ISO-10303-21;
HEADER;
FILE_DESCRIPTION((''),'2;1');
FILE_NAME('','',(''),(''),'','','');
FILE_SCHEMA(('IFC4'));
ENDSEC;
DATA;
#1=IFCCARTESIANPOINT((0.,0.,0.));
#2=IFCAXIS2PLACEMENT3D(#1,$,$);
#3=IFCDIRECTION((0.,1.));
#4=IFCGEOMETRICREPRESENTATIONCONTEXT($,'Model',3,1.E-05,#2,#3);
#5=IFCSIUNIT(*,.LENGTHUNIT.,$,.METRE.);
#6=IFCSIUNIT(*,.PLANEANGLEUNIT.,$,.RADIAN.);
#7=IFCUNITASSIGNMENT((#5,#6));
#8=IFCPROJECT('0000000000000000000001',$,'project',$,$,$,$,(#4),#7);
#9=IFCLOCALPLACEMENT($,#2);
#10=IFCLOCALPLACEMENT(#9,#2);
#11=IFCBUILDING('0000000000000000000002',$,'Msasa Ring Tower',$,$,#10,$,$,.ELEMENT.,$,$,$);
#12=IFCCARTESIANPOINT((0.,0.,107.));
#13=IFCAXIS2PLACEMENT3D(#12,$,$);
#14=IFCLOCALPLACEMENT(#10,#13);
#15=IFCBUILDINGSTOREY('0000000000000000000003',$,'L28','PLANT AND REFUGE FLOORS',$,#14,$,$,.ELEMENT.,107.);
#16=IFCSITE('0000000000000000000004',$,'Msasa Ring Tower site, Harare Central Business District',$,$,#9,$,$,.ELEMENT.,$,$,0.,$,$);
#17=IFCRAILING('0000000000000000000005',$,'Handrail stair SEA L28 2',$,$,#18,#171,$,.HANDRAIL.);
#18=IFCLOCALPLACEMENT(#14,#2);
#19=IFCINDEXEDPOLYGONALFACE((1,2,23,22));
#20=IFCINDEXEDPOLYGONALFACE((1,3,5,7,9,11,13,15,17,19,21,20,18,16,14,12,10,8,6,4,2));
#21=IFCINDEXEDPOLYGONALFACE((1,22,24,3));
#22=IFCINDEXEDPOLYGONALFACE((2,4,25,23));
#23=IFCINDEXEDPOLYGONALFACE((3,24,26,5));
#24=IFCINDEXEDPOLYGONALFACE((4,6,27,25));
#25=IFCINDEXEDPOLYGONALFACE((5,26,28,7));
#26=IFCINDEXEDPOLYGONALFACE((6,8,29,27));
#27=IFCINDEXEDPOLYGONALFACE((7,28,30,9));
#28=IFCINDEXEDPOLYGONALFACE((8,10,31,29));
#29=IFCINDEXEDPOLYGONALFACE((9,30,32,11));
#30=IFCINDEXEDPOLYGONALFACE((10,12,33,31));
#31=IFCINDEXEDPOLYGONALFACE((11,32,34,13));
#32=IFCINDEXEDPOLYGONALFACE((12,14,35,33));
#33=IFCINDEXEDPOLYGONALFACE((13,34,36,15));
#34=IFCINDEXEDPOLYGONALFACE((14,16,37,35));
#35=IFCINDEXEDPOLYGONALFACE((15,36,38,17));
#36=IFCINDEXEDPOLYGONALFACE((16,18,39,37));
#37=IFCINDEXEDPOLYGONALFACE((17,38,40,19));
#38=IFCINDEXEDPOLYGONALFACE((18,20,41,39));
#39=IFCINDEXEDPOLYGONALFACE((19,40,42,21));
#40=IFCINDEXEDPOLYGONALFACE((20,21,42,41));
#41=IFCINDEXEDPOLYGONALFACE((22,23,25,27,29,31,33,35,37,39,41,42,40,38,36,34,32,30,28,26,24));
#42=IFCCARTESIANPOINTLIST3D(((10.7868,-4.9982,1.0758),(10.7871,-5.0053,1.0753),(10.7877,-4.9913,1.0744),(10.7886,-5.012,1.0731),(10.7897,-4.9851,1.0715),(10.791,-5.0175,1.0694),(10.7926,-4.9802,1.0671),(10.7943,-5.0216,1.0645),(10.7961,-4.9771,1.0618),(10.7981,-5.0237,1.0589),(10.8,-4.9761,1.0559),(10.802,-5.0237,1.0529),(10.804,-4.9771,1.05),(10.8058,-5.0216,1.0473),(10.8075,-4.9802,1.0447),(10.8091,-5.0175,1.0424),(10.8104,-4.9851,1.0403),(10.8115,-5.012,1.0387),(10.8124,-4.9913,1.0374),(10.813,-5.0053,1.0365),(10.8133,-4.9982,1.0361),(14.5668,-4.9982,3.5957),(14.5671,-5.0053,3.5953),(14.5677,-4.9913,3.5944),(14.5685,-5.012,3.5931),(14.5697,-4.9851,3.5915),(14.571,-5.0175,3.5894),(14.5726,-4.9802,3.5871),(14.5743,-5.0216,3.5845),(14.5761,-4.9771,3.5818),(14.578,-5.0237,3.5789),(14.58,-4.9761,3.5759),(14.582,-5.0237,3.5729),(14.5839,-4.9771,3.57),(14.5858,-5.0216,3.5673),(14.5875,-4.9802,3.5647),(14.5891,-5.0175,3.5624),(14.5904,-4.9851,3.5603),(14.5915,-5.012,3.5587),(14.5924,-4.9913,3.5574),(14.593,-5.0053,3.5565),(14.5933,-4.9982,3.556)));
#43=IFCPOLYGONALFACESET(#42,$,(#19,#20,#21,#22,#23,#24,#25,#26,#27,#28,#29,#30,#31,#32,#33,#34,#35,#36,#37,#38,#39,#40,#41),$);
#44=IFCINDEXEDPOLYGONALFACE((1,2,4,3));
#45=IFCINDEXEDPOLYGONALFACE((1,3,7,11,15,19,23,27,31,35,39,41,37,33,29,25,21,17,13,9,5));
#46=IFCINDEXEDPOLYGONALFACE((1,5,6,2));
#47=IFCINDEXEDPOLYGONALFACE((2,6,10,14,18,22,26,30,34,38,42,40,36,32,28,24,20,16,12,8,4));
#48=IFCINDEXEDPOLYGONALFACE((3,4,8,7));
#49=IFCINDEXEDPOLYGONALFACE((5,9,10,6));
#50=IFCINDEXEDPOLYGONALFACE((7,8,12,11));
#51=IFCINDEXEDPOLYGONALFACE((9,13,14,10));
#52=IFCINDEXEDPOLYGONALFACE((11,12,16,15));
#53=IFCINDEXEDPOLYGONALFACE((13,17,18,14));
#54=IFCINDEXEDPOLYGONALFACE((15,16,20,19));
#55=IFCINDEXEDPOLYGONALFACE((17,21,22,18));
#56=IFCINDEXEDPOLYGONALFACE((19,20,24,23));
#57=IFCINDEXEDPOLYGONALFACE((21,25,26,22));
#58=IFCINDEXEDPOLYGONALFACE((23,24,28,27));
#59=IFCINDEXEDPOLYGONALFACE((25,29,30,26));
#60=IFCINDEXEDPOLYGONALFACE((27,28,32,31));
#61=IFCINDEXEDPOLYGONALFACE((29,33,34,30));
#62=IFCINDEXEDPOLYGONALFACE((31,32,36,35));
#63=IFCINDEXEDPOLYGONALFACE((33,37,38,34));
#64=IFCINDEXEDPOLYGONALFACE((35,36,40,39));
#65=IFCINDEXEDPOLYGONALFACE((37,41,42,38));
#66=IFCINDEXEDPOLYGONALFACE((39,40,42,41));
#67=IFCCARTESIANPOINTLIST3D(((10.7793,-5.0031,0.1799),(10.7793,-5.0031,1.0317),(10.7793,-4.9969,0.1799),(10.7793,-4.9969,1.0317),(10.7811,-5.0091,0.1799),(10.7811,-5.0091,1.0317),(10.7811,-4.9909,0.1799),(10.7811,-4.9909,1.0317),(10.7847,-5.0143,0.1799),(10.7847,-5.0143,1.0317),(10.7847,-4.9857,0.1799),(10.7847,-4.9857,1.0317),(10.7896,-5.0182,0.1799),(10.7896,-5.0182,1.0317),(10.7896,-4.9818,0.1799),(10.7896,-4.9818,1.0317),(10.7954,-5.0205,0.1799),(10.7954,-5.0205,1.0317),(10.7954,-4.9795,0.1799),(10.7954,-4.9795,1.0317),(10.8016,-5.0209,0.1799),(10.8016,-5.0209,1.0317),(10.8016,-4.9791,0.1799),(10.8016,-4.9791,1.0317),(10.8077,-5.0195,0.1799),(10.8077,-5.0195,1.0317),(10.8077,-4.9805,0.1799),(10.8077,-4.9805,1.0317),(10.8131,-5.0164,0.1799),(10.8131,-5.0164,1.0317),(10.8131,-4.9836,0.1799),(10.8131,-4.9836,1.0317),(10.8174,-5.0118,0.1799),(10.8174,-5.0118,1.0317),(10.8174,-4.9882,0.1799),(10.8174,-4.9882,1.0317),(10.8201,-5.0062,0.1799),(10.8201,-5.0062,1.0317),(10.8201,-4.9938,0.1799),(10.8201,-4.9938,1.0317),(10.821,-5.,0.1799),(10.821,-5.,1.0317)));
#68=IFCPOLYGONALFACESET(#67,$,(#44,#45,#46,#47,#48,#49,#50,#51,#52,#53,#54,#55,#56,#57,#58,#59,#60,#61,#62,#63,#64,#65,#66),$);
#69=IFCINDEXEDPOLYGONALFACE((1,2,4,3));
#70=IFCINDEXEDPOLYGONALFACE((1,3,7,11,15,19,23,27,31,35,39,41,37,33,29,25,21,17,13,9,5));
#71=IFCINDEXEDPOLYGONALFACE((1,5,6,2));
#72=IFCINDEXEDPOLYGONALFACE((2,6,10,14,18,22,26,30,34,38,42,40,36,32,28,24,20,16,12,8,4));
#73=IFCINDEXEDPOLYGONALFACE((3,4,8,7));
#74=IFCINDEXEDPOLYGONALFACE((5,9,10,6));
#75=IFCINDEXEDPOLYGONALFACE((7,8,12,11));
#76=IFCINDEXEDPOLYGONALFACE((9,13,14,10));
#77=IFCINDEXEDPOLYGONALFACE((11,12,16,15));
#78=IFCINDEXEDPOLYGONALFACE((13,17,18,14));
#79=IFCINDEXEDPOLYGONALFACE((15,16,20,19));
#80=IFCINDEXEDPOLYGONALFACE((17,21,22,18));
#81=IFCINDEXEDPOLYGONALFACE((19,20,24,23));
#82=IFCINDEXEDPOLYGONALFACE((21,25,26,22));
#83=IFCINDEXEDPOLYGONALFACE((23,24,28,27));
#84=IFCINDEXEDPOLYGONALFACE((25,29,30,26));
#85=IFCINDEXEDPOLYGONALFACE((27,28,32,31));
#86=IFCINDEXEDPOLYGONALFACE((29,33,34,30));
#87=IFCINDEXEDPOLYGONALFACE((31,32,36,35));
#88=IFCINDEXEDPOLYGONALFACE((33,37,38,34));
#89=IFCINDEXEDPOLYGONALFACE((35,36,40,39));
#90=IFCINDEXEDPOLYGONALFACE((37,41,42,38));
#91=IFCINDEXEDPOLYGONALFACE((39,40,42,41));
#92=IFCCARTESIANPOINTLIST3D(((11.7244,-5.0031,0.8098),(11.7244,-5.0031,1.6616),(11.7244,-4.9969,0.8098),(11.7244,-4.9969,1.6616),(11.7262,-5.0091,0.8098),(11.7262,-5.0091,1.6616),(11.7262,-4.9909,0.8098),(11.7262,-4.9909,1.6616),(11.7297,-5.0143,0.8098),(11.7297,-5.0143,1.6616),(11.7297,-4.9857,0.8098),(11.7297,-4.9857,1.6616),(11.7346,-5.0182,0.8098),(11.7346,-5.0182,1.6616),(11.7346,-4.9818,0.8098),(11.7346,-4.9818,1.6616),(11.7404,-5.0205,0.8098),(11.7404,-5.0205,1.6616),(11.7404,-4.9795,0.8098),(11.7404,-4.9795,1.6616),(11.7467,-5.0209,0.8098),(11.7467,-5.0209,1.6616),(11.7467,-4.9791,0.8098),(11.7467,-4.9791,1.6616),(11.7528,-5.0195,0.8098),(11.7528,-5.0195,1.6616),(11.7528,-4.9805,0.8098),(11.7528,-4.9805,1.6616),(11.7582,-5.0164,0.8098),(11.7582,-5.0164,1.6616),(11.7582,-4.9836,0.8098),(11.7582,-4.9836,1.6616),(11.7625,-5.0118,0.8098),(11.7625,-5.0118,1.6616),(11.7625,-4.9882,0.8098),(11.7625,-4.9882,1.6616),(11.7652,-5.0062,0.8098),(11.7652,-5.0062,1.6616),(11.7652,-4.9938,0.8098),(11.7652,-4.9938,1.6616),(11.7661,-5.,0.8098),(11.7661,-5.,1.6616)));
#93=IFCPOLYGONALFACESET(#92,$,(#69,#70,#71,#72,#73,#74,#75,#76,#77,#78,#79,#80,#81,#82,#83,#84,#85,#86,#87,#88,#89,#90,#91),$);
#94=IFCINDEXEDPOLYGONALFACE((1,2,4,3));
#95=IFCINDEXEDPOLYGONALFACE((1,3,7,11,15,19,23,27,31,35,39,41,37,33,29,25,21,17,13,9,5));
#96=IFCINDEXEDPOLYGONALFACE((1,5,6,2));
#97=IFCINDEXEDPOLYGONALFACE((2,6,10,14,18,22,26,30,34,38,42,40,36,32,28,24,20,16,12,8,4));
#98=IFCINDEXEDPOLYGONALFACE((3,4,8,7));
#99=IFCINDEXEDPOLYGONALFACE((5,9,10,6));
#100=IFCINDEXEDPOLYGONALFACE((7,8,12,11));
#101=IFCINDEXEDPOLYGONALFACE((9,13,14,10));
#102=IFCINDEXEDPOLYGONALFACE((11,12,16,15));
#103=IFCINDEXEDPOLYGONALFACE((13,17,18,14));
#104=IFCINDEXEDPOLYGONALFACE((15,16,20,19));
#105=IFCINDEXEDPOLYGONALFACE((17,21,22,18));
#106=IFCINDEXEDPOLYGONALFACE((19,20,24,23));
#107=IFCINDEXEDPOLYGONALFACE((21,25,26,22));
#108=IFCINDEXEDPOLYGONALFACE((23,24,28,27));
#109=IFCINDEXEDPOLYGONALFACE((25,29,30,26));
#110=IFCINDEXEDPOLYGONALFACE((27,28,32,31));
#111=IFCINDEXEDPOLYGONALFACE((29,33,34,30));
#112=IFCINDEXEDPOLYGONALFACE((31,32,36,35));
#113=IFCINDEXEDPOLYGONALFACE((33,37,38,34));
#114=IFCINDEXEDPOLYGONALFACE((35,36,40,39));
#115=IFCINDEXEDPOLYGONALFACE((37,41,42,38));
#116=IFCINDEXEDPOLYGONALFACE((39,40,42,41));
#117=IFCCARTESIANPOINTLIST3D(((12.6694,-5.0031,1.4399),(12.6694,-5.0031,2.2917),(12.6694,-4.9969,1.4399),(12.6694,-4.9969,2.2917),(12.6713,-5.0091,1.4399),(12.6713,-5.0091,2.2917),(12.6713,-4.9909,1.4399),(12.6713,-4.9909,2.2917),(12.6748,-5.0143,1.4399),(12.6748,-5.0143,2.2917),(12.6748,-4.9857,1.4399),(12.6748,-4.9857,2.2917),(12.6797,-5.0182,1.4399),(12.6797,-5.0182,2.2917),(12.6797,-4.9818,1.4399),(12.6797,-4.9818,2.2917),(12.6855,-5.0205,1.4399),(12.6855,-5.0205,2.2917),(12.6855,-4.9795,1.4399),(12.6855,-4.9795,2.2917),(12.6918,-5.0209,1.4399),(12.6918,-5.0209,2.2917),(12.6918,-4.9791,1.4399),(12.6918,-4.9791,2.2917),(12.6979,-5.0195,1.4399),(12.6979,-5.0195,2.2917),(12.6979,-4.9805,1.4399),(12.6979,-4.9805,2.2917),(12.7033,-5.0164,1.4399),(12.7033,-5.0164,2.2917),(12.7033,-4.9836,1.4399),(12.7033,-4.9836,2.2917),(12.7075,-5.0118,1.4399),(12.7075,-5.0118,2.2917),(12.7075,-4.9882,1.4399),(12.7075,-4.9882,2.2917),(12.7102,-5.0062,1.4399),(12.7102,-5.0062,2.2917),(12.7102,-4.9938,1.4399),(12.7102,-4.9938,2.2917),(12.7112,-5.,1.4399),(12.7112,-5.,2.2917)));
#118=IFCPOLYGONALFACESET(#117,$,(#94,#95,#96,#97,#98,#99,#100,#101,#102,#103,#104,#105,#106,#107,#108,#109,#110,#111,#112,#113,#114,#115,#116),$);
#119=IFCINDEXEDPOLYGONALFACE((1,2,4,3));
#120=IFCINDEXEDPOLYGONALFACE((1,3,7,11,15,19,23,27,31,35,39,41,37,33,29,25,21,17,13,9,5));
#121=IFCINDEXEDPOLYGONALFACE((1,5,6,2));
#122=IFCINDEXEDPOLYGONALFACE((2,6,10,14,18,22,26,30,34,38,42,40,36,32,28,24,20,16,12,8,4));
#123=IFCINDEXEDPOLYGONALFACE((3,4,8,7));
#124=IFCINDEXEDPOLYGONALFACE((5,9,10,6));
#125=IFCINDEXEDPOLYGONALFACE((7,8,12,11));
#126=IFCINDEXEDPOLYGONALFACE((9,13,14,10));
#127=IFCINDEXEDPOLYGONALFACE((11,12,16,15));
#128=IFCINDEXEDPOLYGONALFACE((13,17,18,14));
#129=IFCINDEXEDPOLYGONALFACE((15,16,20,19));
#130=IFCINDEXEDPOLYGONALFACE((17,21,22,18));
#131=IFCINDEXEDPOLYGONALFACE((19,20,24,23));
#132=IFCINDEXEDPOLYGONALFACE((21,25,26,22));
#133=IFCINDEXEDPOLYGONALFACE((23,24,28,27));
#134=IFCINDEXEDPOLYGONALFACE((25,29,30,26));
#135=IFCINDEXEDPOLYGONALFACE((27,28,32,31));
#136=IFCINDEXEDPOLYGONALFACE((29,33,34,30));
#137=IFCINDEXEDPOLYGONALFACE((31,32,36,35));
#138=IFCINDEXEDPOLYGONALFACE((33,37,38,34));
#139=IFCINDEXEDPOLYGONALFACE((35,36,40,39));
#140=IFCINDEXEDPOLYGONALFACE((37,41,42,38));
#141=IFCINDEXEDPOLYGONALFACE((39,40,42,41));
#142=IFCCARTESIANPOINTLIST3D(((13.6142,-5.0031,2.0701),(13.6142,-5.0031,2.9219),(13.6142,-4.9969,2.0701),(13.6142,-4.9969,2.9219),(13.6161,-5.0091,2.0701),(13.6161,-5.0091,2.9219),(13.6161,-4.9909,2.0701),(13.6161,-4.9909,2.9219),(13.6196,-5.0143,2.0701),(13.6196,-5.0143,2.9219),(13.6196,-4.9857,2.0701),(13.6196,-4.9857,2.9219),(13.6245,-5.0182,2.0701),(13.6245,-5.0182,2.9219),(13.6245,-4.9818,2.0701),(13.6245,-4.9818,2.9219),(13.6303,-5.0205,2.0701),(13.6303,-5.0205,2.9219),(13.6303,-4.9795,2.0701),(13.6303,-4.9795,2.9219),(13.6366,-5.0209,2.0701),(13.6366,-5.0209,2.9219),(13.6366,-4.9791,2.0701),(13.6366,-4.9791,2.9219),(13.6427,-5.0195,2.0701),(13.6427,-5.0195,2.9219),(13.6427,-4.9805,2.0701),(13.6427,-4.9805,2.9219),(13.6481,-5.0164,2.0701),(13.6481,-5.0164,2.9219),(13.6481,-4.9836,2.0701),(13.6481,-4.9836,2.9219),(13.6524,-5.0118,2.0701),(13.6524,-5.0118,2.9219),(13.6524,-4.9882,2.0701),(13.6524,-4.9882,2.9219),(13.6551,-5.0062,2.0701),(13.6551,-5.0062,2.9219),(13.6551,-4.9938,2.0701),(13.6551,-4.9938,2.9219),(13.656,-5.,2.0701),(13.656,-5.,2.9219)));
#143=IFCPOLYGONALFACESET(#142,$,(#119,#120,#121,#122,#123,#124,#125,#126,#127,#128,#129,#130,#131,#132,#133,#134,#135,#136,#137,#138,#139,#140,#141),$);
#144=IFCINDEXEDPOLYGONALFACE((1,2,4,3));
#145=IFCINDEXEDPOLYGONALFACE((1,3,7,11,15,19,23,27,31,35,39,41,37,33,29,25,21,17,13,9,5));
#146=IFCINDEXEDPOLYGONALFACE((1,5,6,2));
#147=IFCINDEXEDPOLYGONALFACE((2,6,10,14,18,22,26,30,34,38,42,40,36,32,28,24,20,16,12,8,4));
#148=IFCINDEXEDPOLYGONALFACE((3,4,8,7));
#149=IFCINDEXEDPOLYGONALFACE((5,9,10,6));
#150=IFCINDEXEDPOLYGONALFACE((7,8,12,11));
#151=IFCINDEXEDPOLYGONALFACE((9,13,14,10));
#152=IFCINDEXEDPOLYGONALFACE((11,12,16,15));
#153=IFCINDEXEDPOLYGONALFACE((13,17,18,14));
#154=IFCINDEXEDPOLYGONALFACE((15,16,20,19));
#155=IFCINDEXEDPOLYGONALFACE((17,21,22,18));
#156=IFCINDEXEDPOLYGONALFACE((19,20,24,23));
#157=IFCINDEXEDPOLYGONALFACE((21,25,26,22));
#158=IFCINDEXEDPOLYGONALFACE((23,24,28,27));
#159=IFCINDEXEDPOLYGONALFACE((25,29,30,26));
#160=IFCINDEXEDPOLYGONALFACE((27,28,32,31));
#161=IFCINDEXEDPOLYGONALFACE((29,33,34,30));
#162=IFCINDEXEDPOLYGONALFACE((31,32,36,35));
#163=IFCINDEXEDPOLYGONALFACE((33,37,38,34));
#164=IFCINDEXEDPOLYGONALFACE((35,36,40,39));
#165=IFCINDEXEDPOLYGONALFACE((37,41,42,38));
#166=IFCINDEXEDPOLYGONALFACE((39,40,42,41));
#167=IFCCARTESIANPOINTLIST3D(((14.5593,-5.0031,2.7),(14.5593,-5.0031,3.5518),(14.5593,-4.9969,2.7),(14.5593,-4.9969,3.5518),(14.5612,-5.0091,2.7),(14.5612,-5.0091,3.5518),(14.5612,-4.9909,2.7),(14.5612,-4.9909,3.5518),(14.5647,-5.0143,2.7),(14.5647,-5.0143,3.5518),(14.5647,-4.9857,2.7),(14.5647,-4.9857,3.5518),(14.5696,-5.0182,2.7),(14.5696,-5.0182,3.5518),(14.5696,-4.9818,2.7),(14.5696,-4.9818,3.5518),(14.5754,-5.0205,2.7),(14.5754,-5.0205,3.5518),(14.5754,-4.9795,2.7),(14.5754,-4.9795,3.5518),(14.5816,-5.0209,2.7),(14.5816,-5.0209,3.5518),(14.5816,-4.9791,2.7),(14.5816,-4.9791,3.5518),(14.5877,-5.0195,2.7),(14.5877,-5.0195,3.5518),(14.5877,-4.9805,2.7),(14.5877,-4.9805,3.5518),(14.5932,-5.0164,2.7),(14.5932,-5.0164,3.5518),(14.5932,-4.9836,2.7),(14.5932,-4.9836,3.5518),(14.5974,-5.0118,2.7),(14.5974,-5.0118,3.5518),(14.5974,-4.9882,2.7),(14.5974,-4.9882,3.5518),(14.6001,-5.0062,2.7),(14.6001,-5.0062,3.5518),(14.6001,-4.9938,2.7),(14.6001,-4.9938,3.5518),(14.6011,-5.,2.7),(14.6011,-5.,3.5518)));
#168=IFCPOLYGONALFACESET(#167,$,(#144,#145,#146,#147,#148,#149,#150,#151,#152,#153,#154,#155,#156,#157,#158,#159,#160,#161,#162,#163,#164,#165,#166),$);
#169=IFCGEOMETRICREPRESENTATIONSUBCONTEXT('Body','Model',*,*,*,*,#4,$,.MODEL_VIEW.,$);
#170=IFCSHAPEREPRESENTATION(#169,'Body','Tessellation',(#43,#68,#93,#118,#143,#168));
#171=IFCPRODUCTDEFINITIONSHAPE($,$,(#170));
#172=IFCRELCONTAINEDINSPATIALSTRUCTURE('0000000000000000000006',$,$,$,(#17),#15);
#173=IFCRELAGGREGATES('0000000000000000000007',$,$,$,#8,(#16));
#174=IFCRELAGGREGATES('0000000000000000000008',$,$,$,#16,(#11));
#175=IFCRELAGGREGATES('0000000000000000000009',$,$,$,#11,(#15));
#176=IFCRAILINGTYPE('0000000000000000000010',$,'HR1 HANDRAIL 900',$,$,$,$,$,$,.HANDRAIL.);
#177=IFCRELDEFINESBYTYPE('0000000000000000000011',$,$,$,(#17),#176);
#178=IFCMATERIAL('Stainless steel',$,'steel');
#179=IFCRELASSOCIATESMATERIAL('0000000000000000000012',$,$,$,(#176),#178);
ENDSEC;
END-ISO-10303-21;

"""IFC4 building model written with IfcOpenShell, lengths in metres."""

from ifc_helpers import new_model, si_unit, direction, frame, origin, origin_2d, place, context, subcontext, project, spatial, circle, extrude, material, type_object, element, save


model = new_model("IFC4")

# Units and contexts
model_context = context("Model", 3, precision=1e-05, world=origin(), true_north=direction((0.0, 1.0)))
body_context = subcontext(model_context, "Body", "Model", "MODEL_VIEW")
ifc_project = project(units=[si_unit("LENGTHUNIT", "METRE"), si_unit("PLANEANGLEUNIT", "RADIAN")], contexts=[model_context])

# Site, building, storey
site_placement = place(None, origin())
site = spatial("IfcSite", under=ifc_project, at=site_placement, Name="Msasa Ring Tower site, Harare Central Business District", CompositionType="ELEMENT", RefElevation=0.0)
building_placement = place(site_placement, origin())
building = spatial("IfcBuilding", under=site, at=building_placement, Name="Msasa Ring Tower", CompositionType="ELEMENT")
storey_placement = place(building_placement, frame((0.0, 0.0, 107.0)))
storey = spatial("IfcBuildingStorey", under=building, at=storey_placement, Name="L28", Description="PLANT AND REFUGE FLOORS", CompositionType="ELEMENT", Elevation=107.0)

# Railing
ifc_material_1 = material(Name="Stainless steel", Category="steel")
railing_type = type_object("IfcRailingType", Name="HR1 HANDRAIL 900", PredefinedType="HANDRAIL", material=ifc_material_1)
for number, where, name in (
    (1, (10.8, -5.0, 0.1799), "Handrail stair SEA L28 2"),
):
    element("IfcRailing", number, at=place(storey_placement, frame(where)), inside=storey, type_object=railing_type, Name=name, PredefinedType="HANDRAIL", context=body_context, shape_type="SweptSolid", body=[
        extrude(circle(Radius=0.0239, at=origin_2d()), frame((0.0, 0.0, 0.876), z_axis=(0.83205, 0.0, 0.5547), x_axis=(0.0, 1.0, 0.0)), (0.0, 0.0, 1.0), 4.543),
        extrude(circle(Radius=0.021, at=origin_2d()), origin(), (0.0, 0.0, 1.0), 0.8518),
        extrude(circle(Radius=0.021, at=origin_2d()), frame((0.9451, 0.0, 0.6299)), (0.0, 0.0, 1.0), 0.8518),
        extrude(circle(Radius=0.021, at=origin_2d()), frame((1.8901, 0.0, 1.26)), (0.0, 0.0, 1.0), 0.8518),
        extrude(circle(Radius=0.021, at=origin_2d()), frame((2.835, 0.0, 1.8901)), (0.0, 0.0, 1.0), 0.8518),
        extrude(circle(Radius=0.021, at=origin_2d()), frame((3.78, 0.0, 2.52)), (0.0, 0.0, 1.0), 0.8518),
    ])

save(model, "model.ifc")
